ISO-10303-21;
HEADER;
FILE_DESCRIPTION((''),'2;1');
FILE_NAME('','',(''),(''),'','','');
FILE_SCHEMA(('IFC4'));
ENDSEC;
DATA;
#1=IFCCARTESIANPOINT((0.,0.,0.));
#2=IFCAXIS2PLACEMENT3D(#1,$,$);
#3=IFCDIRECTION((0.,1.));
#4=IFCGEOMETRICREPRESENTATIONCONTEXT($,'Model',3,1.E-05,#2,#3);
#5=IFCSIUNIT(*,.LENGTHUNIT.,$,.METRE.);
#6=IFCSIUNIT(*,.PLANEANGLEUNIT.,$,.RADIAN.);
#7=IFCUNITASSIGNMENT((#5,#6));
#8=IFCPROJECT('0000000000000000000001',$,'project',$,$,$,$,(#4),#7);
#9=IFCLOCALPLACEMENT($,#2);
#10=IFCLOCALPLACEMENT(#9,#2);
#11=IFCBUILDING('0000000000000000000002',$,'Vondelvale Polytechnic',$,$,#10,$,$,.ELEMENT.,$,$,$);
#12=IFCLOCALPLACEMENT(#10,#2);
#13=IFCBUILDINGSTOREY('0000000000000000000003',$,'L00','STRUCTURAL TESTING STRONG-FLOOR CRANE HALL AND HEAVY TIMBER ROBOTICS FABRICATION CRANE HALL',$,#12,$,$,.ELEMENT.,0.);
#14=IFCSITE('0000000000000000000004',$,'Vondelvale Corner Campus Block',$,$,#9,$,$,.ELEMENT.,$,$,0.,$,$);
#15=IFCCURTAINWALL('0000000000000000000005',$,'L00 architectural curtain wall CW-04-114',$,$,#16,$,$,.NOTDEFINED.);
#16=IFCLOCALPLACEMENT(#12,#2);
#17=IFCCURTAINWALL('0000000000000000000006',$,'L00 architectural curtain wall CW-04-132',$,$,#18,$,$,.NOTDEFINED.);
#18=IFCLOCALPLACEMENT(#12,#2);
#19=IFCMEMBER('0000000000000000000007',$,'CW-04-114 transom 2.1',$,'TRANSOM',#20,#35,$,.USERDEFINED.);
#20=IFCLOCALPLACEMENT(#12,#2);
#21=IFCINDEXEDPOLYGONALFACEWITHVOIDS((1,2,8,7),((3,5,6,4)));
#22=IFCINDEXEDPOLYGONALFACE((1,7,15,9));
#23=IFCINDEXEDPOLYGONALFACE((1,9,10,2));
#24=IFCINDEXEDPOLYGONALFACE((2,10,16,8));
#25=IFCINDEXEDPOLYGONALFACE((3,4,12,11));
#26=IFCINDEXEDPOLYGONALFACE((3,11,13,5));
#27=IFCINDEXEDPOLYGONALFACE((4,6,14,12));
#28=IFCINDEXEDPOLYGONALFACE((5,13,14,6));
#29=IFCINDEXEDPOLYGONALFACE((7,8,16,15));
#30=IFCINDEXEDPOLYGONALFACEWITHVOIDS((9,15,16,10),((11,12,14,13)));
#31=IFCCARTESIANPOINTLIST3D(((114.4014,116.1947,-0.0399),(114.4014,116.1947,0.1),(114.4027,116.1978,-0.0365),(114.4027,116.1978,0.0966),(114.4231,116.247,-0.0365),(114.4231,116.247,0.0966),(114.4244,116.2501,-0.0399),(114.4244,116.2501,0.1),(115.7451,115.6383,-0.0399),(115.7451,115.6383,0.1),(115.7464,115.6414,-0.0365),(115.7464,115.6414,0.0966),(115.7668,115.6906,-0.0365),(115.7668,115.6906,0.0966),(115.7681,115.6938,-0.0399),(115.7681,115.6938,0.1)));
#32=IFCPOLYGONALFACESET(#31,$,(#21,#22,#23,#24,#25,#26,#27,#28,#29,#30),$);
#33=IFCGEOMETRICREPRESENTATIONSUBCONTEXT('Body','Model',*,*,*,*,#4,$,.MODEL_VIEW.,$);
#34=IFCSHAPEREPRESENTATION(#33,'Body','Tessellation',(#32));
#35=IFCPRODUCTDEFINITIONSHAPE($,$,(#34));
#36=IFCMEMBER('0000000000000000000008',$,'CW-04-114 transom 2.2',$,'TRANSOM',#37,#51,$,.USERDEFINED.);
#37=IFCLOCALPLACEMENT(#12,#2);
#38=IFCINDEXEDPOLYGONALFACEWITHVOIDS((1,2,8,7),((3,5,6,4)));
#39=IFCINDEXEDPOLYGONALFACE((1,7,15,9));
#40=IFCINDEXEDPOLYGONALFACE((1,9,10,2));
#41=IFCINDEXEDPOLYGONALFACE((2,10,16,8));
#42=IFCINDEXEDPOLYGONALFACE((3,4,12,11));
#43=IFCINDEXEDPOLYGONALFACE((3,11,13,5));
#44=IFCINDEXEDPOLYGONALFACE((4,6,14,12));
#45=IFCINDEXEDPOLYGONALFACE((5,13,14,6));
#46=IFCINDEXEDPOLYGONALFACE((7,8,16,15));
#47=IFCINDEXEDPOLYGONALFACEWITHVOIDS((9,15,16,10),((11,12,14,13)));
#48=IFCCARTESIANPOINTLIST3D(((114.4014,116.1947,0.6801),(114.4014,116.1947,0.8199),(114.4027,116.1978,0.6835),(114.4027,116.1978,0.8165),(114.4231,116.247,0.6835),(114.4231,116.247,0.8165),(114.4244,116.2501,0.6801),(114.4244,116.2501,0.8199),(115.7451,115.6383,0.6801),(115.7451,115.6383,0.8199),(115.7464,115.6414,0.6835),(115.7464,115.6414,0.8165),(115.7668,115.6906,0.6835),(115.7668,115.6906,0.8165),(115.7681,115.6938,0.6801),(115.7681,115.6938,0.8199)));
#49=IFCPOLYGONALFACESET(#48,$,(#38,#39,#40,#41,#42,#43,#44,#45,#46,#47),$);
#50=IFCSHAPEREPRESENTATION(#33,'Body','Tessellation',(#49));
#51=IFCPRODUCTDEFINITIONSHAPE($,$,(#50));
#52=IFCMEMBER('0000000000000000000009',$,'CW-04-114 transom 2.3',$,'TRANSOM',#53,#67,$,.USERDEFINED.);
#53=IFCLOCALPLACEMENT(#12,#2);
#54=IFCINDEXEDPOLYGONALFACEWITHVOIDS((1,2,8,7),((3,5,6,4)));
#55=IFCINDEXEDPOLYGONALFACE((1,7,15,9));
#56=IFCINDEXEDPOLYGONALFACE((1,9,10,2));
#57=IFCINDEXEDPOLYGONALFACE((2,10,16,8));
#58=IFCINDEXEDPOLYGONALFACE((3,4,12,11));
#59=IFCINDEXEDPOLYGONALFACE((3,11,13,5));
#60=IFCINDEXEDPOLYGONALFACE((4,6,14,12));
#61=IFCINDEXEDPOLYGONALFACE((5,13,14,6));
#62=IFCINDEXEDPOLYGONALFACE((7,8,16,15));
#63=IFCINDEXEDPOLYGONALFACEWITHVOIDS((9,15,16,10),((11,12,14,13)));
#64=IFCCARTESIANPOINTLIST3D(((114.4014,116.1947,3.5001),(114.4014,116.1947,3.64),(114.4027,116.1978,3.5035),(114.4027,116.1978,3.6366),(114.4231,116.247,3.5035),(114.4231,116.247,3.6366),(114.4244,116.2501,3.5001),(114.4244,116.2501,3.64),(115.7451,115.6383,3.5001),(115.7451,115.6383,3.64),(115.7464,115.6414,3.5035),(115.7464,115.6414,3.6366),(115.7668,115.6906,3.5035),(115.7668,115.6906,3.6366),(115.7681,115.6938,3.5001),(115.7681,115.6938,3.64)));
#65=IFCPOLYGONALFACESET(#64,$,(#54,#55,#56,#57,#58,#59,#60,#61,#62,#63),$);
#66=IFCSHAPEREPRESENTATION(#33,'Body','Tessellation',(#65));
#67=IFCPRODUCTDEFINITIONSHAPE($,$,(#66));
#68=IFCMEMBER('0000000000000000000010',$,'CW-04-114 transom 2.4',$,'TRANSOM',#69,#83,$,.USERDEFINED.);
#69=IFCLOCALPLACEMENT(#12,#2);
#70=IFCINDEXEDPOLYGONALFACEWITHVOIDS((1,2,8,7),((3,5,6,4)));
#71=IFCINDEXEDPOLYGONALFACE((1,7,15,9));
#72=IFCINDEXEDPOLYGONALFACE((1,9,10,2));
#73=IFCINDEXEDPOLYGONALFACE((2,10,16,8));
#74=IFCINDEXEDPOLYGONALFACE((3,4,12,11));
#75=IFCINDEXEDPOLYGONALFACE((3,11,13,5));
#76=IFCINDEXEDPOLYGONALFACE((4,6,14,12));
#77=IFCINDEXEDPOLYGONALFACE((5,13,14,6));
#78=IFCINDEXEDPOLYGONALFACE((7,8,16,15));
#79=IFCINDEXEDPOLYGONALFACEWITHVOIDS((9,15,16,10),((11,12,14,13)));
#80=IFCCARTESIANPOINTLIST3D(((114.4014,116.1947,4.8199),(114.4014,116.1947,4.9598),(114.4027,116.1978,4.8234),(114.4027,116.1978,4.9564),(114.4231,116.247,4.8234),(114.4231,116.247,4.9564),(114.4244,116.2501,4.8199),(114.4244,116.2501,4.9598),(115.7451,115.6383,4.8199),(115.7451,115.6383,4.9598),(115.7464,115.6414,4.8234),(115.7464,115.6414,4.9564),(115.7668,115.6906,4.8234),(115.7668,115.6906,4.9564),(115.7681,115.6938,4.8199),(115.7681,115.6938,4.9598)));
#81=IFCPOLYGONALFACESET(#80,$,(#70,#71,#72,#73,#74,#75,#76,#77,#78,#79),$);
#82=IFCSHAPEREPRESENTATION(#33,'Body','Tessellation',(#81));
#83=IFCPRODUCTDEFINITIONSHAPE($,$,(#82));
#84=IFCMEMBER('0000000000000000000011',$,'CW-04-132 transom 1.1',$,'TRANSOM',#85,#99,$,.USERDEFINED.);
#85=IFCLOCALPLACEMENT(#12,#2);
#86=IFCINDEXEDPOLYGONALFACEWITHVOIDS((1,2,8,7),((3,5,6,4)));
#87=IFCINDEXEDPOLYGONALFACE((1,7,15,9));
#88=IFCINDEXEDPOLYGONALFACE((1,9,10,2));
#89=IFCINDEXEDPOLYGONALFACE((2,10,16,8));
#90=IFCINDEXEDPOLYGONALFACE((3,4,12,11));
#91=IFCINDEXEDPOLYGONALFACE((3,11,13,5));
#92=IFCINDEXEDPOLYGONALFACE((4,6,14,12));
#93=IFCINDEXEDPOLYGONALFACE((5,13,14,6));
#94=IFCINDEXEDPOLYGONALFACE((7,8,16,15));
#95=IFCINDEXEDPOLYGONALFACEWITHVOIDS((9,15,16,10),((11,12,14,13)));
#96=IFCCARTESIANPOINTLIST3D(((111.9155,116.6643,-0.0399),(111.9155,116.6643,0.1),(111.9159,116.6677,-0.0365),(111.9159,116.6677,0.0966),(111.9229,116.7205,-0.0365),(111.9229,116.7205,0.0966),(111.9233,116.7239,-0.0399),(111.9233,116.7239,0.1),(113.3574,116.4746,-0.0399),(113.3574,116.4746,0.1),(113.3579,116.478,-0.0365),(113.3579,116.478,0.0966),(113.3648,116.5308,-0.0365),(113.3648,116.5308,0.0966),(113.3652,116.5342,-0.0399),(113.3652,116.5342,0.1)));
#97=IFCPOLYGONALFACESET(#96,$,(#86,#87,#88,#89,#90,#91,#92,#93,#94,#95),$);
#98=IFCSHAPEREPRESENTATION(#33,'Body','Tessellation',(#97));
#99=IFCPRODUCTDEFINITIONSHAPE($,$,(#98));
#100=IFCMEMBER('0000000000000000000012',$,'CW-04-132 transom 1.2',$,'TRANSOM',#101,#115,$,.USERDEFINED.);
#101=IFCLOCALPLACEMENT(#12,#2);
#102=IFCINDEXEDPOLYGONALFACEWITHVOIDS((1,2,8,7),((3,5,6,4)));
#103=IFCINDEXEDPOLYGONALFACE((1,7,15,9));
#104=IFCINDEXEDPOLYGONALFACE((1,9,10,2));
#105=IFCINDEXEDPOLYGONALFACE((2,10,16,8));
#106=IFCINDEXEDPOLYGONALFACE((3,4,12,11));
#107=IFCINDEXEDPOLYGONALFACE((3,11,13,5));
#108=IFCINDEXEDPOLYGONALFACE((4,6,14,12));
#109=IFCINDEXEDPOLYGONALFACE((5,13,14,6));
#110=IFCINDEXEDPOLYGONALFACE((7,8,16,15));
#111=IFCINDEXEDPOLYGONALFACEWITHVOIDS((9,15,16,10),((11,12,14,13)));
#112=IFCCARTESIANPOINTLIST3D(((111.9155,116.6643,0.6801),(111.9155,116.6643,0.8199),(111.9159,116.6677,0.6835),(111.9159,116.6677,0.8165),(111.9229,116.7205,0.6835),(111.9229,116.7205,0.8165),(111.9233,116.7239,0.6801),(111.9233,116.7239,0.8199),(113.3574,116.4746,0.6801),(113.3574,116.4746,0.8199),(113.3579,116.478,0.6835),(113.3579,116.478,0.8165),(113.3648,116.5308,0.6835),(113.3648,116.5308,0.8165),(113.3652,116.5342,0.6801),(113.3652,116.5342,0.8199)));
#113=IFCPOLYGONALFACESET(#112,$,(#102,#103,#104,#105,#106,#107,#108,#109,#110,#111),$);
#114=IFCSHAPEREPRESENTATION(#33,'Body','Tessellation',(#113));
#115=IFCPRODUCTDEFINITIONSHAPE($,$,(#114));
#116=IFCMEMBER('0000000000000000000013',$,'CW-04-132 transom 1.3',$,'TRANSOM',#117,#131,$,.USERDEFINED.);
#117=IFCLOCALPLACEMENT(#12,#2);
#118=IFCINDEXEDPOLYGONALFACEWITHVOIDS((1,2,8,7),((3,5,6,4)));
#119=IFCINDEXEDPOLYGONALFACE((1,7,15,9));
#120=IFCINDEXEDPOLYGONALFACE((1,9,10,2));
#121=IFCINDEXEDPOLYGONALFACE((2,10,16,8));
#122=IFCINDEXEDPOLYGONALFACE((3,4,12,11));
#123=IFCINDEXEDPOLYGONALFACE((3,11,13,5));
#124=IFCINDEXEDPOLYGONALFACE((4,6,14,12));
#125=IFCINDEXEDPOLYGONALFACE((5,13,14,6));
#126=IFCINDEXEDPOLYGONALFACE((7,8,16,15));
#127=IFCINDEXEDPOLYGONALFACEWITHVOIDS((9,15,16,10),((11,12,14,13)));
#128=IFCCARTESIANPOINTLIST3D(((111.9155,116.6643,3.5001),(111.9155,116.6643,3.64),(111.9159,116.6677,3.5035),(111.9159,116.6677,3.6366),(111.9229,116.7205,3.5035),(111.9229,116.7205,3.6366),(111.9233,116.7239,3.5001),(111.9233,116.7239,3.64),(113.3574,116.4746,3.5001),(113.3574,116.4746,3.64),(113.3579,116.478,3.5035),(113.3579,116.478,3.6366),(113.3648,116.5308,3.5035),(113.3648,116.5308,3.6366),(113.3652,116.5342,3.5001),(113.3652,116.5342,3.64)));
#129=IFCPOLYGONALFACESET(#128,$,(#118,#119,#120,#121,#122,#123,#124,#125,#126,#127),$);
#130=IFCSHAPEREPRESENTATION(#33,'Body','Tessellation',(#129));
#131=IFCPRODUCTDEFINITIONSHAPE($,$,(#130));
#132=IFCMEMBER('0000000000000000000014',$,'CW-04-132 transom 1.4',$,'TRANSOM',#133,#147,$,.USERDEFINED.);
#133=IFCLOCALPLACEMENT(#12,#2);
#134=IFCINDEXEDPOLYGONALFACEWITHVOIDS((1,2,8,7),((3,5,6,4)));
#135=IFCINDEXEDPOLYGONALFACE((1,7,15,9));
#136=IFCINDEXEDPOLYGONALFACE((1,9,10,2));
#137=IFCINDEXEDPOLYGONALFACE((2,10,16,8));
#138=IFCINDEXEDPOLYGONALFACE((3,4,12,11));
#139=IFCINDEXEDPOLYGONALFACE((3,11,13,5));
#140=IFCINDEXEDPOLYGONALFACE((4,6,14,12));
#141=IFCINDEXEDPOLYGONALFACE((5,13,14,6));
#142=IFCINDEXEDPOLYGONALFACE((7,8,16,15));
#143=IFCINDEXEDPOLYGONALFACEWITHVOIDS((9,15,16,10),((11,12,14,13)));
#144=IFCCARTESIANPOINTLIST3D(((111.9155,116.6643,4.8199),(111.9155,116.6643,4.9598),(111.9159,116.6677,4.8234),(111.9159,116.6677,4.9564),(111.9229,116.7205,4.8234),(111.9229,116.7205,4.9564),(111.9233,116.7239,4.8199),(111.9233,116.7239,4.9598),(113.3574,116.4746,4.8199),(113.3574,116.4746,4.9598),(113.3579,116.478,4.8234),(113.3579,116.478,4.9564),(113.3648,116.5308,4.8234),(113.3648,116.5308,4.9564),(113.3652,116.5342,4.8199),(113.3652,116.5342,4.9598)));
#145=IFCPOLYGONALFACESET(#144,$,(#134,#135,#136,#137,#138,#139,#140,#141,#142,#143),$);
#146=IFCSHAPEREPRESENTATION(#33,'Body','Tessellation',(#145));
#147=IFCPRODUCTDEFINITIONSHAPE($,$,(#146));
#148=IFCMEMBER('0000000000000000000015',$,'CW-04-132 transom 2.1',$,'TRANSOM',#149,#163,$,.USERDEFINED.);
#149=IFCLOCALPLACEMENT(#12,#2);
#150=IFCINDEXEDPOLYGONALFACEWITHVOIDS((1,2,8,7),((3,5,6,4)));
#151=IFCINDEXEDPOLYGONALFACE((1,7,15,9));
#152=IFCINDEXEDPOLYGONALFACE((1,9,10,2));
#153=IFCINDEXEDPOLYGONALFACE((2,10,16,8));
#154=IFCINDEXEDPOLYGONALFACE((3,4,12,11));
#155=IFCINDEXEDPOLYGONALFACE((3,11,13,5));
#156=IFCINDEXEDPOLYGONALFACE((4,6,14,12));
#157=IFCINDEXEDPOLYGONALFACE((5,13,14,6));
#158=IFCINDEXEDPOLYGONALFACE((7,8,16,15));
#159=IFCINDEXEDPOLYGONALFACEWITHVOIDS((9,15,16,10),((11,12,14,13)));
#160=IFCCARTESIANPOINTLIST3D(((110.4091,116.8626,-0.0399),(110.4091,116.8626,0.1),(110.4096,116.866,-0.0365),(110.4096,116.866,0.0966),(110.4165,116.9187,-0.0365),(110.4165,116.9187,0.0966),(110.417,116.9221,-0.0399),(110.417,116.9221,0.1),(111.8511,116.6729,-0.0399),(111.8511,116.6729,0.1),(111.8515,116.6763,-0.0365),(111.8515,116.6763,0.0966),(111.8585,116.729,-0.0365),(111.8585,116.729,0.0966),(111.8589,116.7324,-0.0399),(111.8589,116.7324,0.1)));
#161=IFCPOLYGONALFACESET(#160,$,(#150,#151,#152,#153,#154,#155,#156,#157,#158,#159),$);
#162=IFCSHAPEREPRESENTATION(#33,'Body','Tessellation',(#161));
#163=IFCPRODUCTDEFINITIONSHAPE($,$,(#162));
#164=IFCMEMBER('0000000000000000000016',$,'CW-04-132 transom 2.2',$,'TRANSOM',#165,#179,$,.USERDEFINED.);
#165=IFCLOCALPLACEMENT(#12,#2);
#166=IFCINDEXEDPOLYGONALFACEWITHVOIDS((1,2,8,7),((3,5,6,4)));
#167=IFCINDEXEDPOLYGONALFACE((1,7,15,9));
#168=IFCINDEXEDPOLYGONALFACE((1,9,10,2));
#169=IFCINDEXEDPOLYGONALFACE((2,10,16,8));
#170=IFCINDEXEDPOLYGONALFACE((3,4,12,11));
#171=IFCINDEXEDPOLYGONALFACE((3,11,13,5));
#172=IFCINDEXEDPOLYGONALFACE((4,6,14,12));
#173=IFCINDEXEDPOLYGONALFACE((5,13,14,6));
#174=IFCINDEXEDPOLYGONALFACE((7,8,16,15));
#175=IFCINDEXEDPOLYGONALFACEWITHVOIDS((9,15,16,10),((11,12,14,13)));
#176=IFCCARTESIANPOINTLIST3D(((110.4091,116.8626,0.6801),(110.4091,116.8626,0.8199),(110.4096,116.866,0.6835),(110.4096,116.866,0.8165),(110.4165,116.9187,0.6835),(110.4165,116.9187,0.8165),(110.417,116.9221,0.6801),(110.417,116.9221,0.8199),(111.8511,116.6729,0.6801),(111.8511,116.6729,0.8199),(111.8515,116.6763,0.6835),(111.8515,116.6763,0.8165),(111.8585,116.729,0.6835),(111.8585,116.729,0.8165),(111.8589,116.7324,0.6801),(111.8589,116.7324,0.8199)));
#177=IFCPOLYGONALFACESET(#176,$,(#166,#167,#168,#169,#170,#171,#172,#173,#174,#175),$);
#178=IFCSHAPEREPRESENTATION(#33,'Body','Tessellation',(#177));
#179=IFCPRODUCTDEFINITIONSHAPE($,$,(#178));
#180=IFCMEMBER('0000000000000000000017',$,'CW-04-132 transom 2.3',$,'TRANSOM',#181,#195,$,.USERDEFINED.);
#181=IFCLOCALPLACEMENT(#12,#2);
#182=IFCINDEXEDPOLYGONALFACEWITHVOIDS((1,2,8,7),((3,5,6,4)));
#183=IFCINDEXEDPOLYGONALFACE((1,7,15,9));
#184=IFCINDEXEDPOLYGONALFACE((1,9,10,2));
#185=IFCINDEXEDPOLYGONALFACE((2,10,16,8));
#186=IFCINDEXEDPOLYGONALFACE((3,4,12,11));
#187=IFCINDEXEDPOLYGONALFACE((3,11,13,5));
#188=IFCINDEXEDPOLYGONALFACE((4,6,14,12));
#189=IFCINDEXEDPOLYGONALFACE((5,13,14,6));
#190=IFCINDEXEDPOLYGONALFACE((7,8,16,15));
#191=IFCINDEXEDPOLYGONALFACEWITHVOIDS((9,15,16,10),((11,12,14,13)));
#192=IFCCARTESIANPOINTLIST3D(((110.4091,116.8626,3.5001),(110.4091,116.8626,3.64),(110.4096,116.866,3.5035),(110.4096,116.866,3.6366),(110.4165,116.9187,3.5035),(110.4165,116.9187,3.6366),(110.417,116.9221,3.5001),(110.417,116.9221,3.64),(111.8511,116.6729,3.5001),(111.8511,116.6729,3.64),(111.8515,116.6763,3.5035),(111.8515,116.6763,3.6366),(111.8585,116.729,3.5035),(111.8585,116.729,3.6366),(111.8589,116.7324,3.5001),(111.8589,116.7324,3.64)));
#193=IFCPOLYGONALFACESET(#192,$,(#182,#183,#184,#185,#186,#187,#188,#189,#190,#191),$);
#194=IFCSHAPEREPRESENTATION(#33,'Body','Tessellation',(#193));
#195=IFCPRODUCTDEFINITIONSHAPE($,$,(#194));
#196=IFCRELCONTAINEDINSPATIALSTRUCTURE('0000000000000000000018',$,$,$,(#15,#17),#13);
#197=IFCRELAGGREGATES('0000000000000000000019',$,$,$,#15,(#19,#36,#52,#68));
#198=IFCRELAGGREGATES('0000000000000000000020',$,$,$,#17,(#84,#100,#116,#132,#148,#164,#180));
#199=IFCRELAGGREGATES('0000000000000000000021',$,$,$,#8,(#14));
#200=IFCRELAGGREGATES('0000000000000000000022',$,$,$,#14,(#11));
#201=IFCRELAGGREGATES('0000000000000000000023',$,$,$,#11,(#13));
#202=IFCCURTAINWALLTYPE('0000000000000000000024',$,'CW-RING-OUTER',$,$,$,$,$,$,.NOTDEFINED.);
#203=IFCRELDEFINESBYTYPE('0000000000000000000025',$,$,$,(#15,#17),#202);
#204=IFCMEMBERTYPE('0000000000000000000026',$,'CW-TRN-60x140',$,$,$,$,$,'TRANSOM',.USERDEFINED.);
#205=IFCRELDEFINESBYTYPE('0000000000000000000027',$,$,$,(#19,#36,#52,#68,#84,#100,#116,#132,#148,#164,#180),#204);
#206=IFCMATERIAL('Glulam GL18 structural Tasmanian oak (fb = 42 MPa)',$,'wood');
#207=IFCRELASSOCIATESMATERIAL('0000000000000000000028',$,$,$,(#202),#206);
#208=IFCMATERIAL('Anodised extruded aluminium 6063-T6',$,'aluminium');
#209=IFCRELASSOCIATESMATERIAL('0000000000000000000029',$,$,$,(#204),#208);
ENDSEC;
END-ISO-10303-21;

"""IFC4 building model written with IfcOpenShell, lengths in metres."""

from ifc_helpers import new_model, si_unit, direction, frame, origin, origin_2d, place, context, subcontext, project, spatial, hollow_rectangle, extrude, material, material_profile, profile_set, type_object, element, aggregate, save


model = new_model("IFC4")

# Units and contexts
model_context = context("Model", 3, precision=1e-05, world=origin(), true_north=direction((0.0, 1.0)))
body_context = subcontext(model_context, "Body", "Model", "MODEL_VIEW")
ifc_project = project(units=[si_unit("LENGTHUNIT", "METRE"), si_unit("PLANEANGLEUNIT", "RADIAN")], contexts=[model_context])

# Site, building, storey
site_placement = place(None, origin())
site = spatial("IfcSite", under=ifc_project, at=site_placement, Name="Vondelvale Corner Campus Block", CompositionType="ELEMENT", RefElevation=0.0)
building_placement = place(site_placement, origin())
building = spatial("IfcBuilding", under=site, at=building_placement, Name="Vondelvale Polytechnic", CompositionType="ELEMENT")
storey_placement = place(building_placement, origin())
storey = spatial("IfcBuildingStorey", under=building, at=storey_placement, Name="L00", Description="STRUCTURAL TESTING STRONG-FLOOR CRANE HALL AND HEAVY TIMBER ROBOTICS FABRICATION CRANE HALL", CompositionType="ELEMENT", Elevation=0.0)

# Curtain walls
ifc_material_1 = material(Name="Glulam GL18 structural Tasmanian oak (fb = 42 MPa)", Category="wood")
curtain_wall_type = type_object("IfcCurtainWallType", Name="CW-RING-OUTER", PredefinedType="NOTDEFINED", material=ifc_material_1)
curtain_wall_1_placement = place(storey_placement, origin())
curtain_wall_1 = element("IfcCurtainWall", 1, at=curtain_wall_1_placement, inside=storey, type_object=curtain_wall_type, Name="L00 architectural curtain wall CW-04-114", PredefinedType="NOTDEFINED")
ifc_material_2 = material(Name="Anodised extruded aluminium 6063-T6", Category="aluminium")
curtain_wall_2_placement = place(storey_placement, origin())
curtain_wall_2 = element("IfcCurtainWall", 2, at=curtain_wall_2_placement, inside=storey, type_object=curtain_wall_type, Name="L00 architectural curtain wall CW-04-132", PredefinedType="NOTDEFINED")

# Members
ifc_material_profile_1 = material_profile(ifc_material_2, hollow_rectangle(XDim=0.0601, YDim=0.1399, WallThickness=0.0034, at=origin_2d()), Name="CW-TRN-140x60")
ifc_profile_set_1 = profile_set([ifc_material_profile_1], Name="Anodised extruded aluminium 6063-T6")
member_type_1 = type_object("IfcMemberType", Name="CW-TRN-60x140", ElementType="TRANSOM", PredefinedType="USERDEFINED", material=ifc_profile_set_1)
member_1_placement = place(storey_placement, frame((115.7566, 115.666, 0.03), z_axis=(-0.923929, 0.382564, 0.0), x_axis=(-0.382564, -0.923929, 0.0)))
member_1 = element("IfcMember", 3, at=member_1_placement, type_object=member_type_1, Name="CW-04-114 transom 2.1", ObjectType="TRANSOM", PredefinedType="USERDEFINED", context=body_context, shape_type="SweptSolid", body=[
    extrude(hollow_rectangle(XDim=0.0601, YDim=0.1399, WallThickness=0.0034, at=origin_2d()), origin(), (0.0, 0.0, 1.0), 1.4543),
])
member_2_placement = place(storey_placement, frame((115.7566, 115.666, 0.75), z_axis=(-0.923929, 0.382564, 0.0), x_axis=(-0.382564, -0.923929, 0.0)))
member_2 = element("IfcMember", 4, at=member_2_placement, type_object=member_type_1, Name="CW-04-114 transom 2.2", ObjectType="TRANSOM", PredefinedType="USERDEFINED", context=body_context, shape_type="SweptSolid", body=[
    extrude(hollow_rectangle(XDim=0.0601, YDim=0.1399, WallThickness=0.0034, at=origin_2d()), origin(), (0.0, 0.0, 1.0), 1.4543),
])
member_3_placement = place(storey_placement, frame((115.7566, 115.666, 3.5701), z_axis=(-0.923929, 0.382564, 0.0), x_axis=(-0.382564, -0.923929, 0.0)))
member_3 = element("IfcMember", 5, at=member_3_placement, type_object=member_type_1, Name="CW-04-114 transom 2.3", ObjectType="TRANSOM", PredefinedType="USERDEFINED", context=body_context, shape_type="SweptSolid", body=[
    extrude(hollow_rectangle(XDim=0.0601, YDim=0.1399, WallThickness=0.0034, at=origin_2d()), origin(), (0.0, 0.0, 1.0), 1.4543),
])
member_4_placement = place(storey_placement, frame((115.7566, 115.666, 4.8899), z_axis=(-0.923929, 0.382564, 0.0), x_axis=(-0.382564, -0.923929, 0.0)))
member_4 = element("IfcMember", 6, at=member_4_placement, type_object=member_type_1, Name="CW-04-114 transom 2.4", ObjectType="TRANSOM", PredefinedType="USERDEFINED", context=body_context, shape_type="SweptSolid", body=[
    extrude(hollow_rectangle(XDim=0.0601, YDim=0.1399, WallThickness=0.0034, at=origin_2d()), origin(), (0.0, 0.0, 1.0), 1.4543),
])
member_5_placement = place(storey_placement, frame((113.3613, 116.5044, 0.03), z_axis=(-0.991457, 0.130437, 0.0), x_axis=(-0.130437, -0.991457, 0.0)))
member_5 = element("IfcMember", 7, at=member_5_placement, type_object=member_type_1, Name="CW-04-132 transom 1.1", ObjectType="TRANSOM", PredefinedType="USERDEFINED", context=body_context, shape_type="SweptSolid", body=[
    extrude(hollow_rectangle(XDim=0.0601, YDim=0.1399, WallThickness=0.0034, at=origin_2d()), origin(), (0.0, 0.0, 1.0), 1.4543),
])
member_6_placement = place(storey_placement, frame((113.3613, 116.5044, 0.75), z_axis=(-0.991457, 0.130437, 0.0), x_axis=(-0.130437, -0.991457, 0.0)))
member_6 = element("IfcMember", 8, at=member_6_placement, type_object=member_type_1, Name="CW-04-132 transom 1.2", ObjectType="TRANSOM", PredefinedType="USERDEFINED", context=body_context, shape_type="SweptSolid", body=[
    extrude(hollow_rectangle(XDim=0.0601, YDim=0.1399, WallThickness=0.0034, at=origin_2d()), origin(), (0.0, 0.0, 1.0), 1.4543),
])
member_7_placement = place(storey_placement, frame((113.3613, 116.5044, 3.5701), z_axis=(-0.991457, 0.130437, 0.0), x_axis=(-0.130437, -0.991457, 0.0)))
member_7 = element("IfcMember", 9, at=member_7_placement, type_object=member_type_1, Name="CW-04-132 transom 1.3", ObjectType="TRANSOM", PredefinedType="USERDEFINED", context=body_context, shape_type="SweptSolid", body=[
    extrude(hollow_rectangle(XDim=0.0601, YDim=0.1399, WallThickness=0.0034, at=origin_2d()), origin(), (0.0, 0.0, 1.0), 1.4543),
])
member_8_placement = place(storey_placement, frame((113.3613, 116.5044, 4.8899), z_axis=(-0.991457, 0.130437, 0.0), x_axis=(-0.130437, -0.991457, 0.0)))
member_8 = element("IfcMember", 10, at=member_8_placement, type_object=member_type_1, Name="CW-04-132 transom 1.4", ObjectType="TRANSOM", PredefinedType="USERDEFINED", context=body_context, shape_type="SweptSolid", body=[
    extrude(hollow_rectangle(XDim=0.0601, YDim=0.1399, WallThickness=0.0034, at=origin_2d()), origin(), (0.0, 0.0, 1.0), 1.4543),
])
member_9_placement = place(storey_placement, frame((111.855, 116.7026, 0.03), z_axis=(-0.991457, 0.130437, 0.0), x_axis=(-0.130437, -0.991457, 0.0)))
member_9 = element("IfcMember", 11, at=member_9_placement, type_object=member_type_1, Name="CW-04-132 transom 2.1", ObjectType="TRANSOM", PredefinedType="USERDEFINED", context=body_context, shape_type="SweptSolid", body=[
    extrude(hollow_rectangle(XDim=0.0601, YDim=0.1399, WallThickness=0.0034, at=origin_2d()), origin(), (0.0, 0.0, 1.0), 1.4543),
])
member_10_placement = place(storey_placement, frame((111.855, 116.7026, 0.75), z_axis=(-0.991457, 0.130437, 0.0), x_axis=(-0.130437, -0.991457, 0.0)))
member_10 = element("IfcMember", 12, at=member_10_placement, type_object=member_type_1, Name="CW-04-132 transom 2.2", ObjectType="TRANSOM", PredefinedType="USERDEFINED", context=body_context, shape_type="SweptSolid", body=[
    extrude(hollow_rectangle(XDim=0.0601, YDim=0.1399, WallThickness=0.0034, at=origin_2d()), origin(), (0.0, 0.0, 1.0), 1.4543),
])
member_11_placement = place(storey_placement, frame((111.855, 116.7026, 3.5701), z_axis=(-0.991457, 0.130437, 0.0), x_axis=(-0.130437, -0.991457, 0.0)))
member_11 = element("IfcMember", 13, at=member_11_placement, type_object=member_type_1, Name="CW-04-132 transom 2.3", ObjectType="TRANSOM", PredefinedType="USERDEFINED", context=body_context, shape_type="SweptSolid", body=[
    extrude(hollow_rectangle(XDim=0.0601, YDim=0.1399, WallThickness=0.0034, at=origin_2d()), origin(), (0.0, 0.0, 1.0), 1.4543),
])

aggregate(curtain_wall_1, [member_1, member_2, member_3, member_4])
aggregate(curtain_wall_2, [member_5, member_6, member_7, member_8, member_9, member_10, member_11])

save(model, "model.ifc")
